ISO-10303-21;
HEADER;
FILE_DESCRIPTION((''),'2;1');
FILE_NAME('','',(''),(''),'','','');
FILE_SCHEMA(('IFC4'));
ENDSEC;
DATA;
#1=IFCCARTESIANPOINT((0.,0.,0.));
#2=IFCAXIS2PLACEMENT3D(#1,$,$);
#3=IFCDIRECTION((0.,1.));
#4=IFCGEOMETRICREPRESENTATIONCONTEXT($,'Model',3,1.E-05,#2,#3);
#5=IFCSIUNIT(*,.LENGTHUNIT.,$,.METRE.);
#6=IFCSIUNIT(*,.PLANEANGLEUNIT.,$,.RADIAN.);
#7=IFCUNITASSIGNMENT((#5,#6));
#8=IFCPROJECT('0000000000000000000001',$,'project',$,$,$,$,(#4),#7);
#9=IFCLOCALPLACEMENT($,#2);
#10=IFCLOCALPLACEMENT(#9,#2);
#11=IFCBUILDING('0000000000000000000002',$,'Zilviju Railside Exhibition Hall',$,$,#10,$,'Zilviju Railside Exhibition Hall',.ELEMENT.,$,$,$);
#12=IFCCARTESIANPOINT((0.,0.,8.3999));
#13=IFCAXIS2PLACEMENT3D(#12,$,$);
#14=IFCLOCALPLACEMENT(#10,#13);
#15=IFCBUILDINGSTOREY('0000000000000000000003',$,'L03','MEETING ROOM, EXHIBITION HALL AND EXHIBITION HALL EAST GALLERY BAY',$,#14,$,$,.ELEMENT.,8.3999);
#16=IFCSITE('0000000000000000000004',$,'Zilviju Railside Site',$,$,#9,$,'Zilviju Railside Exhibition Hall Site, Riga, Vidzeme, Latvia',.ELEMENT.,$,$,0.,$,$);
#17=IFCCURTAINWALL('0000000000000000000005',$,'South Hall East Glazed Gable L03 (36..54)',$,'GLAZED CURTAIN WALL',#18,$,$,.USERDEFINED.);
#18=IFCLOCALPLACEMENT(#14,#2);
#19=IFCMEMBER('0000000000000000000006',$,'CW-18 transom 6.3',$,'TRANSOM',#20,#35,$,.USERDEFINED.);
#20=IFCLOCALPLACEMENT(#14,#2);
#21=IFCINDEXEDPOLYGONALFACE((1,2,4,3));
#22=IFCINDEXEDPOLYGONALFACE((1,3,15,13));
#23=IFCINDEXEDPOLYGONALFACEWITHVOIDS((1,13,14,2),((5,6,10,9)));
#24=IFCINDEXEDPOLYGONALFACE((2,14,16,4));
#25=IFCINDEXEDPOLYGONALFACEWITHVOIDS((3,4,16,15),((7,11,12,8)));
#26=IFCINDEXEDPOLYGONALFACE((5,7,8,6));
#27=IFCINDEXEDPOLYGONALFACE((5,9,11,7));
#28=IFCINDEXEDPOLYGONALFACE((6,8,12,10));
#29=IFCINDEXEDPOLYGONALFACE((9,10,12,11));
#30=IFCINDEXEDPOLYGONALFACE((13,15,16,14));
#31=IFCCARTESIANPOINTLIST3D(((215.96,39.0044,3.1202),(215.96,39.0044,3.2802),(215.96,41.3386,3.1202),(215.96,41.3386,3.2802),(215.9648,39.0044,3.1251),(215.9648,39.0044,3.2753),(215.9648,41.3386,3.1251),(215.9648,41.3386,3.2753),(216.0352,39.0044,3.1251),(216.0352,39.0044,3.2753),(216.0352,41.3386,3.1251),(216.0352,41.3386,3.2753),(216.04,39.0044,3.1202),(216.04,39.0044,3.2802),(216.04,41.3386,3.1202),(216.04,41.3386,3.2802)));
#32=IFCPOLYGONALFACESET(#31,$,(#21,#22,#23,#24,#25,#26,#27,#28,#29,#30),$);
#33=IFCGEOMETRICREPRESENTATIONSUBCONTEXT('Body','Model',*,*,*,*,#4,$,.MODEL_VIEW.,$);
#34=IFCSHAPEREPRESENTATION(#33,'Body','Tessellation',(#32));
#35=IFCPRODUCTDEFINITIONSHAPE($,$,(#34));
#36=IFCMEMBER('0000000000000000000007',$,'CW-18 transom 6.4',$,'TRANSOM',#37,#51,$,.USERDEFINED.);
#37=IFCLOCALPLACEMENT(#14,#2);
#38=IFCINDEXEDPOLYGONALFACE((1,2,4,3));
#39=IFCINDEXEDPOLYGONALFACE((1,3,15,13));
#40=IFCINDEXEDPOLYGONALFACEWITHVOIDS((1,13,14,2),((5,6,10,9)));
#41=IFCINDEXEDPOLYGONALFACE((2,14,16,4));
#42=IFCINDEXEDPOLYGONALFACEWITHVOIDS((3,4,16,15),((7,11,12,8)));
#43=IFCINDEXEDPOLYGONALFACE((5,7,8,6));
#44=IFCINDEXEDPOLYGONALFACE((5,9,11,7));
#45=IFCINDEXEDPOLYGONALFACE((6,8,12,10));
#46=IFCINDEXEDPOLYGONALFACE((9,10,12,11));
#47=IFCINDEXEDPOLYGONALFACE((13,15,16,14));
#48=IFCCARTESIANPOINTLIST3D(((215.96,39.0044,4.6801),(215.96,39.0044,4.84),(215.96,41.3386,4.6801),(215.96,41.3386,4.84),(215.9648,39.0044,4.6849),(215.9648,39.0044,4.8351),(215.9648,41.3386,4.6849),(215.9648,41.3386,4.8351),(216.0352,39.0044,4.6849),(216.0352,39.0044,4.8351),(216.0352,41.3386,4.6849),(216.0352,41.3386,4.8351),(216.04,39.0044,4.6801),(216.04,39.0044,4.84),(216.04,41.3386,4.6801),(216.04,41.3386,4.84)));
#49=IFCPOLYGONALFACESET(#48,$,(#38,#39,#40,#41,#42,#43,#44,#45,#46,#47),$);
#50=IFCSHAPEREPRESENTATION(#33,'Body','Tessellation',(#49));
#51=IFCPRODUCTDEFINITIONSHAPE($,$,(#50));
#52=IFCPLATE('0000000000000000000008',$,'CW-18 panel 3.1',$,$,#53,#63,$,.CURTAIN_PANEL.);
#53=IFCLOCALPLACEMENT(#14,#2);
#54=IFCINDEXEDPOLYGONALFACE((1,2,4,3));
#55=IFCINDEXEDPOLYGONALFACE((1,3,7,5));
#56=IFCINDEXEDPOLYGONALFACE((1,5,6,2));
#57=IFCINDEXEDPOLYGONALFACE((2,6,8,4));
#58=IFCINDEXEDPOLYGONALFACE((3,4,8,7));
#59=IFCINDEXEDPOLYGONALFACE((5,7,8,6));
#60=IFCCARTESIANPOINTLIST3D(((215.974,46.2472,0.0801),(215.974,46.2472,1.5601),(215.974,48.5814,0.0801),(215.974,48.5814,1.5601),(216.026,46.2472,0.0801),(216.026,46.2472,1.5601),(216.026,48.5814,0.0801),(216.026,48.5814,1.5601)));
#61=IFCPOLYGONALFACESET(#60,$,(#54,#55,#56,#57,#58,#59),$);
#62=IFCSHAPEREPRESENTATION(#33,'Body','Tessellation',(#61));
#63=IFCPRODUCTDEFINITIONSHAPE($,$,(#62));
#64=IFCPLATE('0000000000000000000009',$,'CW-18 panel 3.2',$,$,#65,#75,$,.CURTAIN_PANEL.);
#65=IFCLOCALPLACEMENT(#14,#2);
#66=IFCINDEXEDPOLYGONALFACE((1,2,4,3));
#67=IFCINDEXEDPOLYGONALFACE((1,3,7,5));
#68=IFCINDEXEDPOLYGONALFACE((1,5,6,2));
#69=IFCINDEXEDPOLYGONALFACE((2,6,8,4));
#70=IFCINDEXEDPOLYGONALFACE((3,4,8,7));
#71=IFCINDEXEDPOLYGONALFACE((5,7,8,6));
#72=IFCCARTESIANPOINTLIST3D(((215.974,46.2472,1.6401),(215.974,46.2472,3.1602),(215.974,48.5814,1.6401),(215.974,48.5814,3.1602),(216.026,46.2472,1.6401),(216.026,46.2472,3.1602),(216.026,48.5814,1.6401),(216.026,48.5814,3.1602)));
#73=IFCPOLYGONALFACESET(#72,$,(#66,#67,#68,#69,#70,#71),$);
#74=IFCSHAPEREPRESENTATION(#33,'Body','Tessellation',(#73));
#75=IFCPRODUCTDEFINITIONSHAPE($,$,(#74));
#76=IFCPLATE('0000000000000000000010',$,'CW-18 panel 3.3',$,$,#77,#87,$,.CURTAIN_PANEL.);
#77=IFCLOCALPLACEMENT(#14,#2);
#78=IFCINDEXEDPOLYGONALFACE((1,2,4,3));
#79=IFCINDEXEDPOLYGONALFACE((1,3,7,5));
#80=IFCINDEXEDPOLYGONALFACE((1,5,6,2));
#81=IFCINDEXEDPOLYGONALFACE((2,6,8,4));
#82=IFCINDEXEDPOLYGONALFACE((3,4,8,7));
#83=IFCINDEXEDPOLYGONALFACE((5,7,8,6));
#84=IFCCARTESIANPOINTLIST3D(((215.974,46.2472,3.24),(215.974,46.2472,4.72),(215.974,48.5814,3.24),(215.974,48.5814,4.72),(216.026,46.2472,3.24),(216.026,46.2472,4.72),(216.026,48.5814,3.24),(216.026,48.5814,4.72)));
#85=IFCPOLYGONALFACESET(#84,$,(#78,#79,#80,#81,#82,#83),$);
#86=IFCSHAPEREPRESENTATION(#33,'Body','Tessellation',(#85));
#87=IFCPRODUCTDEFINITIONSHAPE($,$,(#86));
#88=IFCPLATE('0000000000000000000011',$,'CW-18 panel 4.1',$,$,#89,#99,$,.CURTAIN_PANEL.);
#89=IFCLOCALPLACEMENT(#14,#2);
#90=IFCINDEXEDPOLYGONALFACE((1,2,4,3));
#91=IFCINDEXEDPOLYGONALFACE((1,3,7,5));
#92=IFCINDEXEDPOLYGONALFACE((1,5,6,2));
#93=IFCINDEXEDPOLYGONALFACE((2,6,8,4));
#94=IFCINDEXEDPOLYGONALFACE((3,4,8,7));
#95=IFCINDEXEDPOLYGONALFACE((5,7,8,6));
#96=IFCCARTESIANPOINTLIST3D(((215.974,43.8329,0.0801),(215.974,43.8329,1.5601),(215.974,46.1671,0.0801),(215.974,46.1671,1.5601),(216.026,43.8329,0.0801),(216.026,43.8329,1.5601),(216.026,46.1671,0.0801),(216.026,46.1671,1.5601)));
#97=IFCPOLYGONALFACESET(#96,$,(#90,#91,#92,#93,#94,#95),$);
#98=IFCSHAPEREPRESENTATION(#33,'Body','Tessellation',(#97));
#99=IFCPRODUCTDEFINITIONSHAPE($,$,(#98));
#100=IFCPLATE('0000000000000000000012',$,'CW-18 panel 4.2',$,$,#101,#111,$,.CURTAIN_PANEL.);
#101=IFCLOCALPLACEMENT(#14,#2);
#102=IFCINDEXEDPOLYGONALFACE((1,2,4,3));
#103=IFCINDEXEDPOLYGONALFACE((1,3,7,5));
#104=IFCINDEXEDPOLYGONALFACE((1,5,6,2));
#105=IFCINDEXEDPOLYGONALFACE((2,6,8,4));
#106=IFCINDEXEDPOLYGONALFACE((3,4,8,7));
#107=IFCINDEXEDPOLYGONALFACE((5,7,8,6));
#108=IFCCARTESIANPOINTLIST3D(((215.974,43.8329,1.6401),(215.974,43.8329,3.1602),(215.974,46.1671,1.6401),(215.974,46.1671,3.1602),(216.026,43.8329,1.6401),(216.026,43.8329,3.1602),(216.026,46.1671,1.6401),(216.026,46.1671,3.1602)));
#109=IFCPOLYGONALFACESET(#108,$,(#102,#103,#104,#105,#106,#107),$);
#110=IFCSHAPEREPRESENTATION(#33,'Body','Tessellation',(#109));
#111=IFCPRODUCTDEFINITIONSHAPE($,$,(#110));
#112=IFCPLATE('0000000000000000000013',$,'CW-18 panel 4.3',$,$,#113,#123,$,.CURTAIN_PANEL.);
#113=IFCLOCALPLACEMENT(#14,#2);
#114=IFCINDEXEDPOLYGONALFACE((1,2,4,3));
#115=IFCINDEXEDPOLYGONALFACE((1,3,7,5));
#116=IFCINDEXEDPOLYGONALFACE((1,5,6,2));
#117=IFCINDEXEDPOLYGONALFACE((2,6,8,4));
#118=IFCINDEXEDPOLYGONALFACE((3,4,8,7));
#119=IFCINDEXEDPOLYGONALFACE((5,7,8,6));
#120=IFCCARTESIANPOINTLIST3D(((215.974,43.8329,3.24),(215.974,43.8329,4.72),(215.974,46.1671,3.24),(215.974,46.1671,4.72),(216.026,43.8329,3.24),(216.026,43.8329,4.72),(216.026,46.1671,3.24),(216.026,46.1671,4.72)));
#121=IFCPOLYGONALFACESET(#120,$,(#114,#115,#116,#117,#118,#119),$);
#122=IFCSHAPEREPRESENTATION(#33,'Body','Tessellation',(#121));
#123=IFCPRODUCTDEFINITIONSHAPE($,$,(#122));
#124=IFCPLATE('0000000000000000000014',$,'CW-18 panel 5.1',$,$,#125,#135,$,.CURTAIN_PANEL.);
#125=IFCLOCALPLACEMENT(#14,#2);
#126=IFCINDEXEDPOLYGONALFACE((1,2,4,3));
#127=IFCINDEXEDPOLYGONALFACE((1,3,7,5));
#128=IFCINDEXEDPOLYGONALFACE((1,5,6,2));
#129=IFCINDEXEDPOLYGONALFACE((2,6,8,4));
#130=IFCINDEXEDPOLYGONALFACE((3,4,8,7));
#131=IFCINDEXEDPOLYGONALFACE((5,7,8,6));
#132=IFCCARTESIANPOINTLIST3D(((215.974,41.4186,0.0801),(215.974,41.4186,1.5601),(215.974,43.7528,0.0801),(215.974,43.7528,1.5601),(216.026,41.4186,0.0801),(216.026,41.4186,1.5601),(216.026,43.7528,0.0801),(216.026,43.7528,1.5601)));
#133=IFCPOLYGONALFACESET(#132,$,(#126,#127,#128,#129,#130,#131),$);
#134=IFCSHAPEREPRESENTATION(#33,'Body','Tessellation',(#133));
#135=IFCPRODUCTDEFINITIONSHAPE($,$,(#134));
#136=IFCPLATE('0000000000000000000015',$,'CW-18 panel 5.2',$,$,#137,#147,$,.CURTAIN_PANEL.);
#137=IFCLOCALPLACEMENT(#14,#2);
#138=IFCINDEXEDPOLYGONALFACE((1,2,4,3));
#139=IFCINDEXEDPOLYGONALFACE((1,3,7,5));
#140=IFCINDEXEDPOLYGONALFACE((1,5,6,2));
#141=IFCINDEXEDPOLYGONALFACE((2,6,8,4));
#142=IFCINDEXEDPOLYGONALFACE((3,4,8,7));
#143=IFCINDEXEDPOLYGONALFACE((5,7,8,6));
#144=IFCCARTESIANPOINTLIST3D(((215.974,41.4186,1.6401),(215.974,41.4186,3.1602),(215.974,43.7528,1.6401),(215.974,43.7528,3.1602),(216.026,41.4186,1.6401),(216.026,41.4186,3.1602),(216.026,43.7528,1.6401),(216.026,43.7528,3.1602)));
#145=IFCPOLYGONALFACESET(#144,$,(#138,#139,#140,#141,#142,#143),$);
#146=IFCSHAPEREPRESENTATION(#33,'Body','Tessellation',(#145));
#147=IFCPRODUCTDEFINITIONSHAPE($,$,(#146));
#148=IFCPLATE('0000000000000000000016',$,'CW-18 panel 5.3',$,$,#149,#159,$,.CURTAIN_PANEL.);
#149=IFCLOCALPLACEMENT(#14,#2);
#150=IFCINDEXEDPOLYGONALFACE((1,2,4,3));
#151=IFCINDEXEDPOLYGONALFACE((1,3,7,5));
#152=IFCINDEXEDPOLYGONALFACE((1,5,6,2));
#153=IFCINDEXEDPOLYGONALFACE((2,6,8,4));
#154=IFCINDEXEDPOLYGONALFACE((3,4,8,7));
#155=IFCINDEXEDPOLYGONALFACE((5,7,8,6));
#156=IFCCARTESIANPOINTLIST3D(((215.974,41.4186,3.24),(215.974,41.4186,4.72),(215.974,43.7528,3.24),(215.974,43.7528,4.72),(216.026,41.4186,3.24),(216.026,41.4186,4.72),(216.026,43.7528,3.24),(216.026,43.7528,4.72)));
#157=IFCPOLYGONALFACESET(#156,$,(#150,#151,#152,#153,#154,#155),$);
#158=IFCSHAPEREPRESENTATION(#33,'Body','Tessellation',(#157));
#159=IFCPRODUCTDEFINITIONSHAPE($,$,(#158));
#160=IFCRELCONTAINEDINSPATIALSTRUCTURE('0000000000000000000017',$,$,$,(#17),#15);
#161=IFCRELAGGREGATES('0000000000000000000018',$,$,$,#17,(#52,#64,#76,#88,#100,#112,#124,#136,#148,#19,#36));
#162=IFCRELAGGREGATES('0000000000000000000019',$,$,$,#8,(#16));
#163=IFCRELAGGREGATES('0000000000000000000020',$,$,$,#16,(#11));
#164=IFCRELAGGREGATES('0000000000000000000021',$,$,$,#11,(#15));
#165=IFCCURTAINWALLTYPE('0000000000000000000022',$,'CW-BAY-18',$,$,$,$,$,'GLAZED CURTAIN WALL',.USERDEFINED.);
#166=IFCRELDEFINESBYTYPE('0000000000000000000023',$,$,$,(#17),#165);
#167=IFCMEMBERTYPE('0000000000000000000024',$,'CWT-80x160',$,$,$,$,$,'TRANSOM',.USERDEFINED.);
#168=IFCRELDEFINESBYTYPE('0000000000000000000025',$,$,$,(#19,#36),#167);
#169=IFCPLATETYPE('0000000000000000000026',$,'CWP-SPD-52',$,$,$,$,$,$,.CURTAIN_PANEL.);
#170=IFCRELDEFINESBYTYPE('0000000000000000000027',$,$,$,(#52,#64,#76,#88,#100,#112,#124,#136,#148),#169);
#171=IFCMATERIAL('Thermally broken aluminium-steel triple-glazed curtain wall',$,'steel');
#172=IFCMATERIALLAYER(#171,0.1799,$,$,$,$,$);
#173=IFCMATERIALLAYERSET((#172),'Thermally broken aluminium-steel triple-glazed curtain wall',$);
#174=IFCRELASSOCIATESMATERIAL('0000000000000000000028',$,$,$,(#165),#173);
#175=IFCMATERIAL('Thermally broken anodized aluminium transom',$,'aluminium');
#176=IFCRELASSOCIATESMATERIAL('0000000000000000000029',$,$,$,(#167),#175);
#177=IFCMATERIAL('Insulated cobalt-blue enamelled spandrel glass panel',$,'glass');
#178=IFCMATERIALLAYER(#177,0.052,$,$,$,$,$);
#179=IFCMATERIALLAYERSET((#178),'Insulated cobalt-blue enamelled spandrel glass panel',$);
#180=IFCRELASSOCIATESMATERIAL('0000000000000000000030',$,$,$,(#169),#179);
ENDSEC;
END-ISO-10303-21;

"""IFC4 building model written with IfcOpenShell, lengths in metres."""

from ifc_helpers import new_model, si_unit, direction, frame, origin, origin_2d, place, context, subcontext, project, spatial, rectangle, hollow_rectangle, extrude, material, layer, layer_set, material_profile, profile_set, type_object, element, aggregate, save


model = new_model("IFC4")

# Units and contexts
model_context = context("Model", 3, precision=1e-05, world=origin(), true_north=direction((0.0, 1.0)))
body_context = subcontext(model_context, "Body", "Model", "MODEL_VIEW")
ifc_project = project(units=[si_unit("LENGTHUNIT", "METRE"), si_unit("PLANEANGLEUNIT", "RADIAN")], contexts=[model_context])

# Site, building, storey
site_placement = place(None, origin())
site = spatial("IfcSite", under=ifc_project, at=site_placement, Name="Zilviju Railside Site", LongName="Zilviju Railside Exhibition Hall Site, Riga, Vidzeme, Latvia", CompositionType="ELEMENT", RefElevation=0.0)
building_placement = place(site_placement, origin())
building = spatial("IfcBuilding", under=site, at=building_placement, Name="Zilviju Railside Exhibition Hall", LongName="Zilviju Railside Exhibition Hall", CompositionType="ELEMENT")
storey_placement = place(building_placement, frame((0.0, 0.0, 8.3999)))
storey = spatial("IfcBuildingStorey", under=building, at=storey_placement, Name="L03", Description="MEETING ROOM, EXHIBITION HALL AND EXHIBITION HALL EAST GALLERY BAY", CompositionType="ELEMENT", Elevation=8.3999)

# Curtain wall, members, plates
ifc_material_1 = material(Name="Thermally broken aluminium-steel triple-glazed curtain wall", Category="steel")
ifc_layer_1 = layer(ifc_material_1, 0.1799)
ifc_layer_set_1 = layer_set([ifc_layer_1], Name="Thermally broken aluminium-steel triple-glazed curtain wall")
curtain_wall_type = type_object("IfcCurtainWallType", Name="CW-BAY-18", ElementType="GLAZED CURTAIN WALL", PredefinedType="USERDEFINED", material=ifc_layer_set_1)
curtain_wall_placement = place(storey_placement, origin())
curtain_wall = element("IfcCurtainWall", 1, at=curtain_wall_placement, inside=storey, type_object=curtain_wall_type, Name="South Hall East Glazed Gable L03 (36..54)", ObjectType="GLAZED CURTAIN WALL", PredefinedType="USERDEFINED")
ifc_material_2 = material(Name="Thermally broken anodized aluminium transom", Category="aluminium")
ifc_material_profile_1 = material_profile(ifc_material_2, hollow_rectangle(XDim=0.0801, YDim=0.1599, WallThickness=0.0049, at=origin_2d()), Name="TRANSOM 160x80x5")
ifc_profile_set_1 = profile_set([ifc_material_profile_1], Name="Thermally broken anodized aluminium transom")
member_type_1 = type_object("IfcMemberType", Name="CWT-80x160", ElementType="TRANSOM", PredefinedType="USERDEFINED", material=ifc_profile_set_1)
member_1_placement = place(storey_placement, frame((216.0, 41.3386, 3.2002), z_axis=(0.0, -1.0, 0.0), x_axis=(1.0, 0.0, 0.0)))
member_1 = element("IfcMember", 2, at=member_1_placement, type_object=member_type_1, Name="CW-18 transom 6.3", ObjectType="TRANSOM", PredefinedType="USERDEFINED", context=body_context, shape_type="SweptSolid", body=[
    extrude(hollow_rectangle(XDim=0.0801, YDim=0.1599, WallThickness=0.0049, at=origin_2d()), origin(), (0.0, 0.0, 1.0), 2.3342),
])
member_2_placement = place(storey_placement, frame((216.0, 41.3386, 4.76), z_axis=(0.0, -1.0, 0.0), x_axis=(1.0, 0.0, 0.0)))
member_2 = element("IfcMember", 3, at=member_2_placement, type_object=member_type_1, Name="CW-18 transom 6.4", ObjectType="TRANSOM", PredefinedType="USERDEFINED", context=body_context, shape_type="SweptSolid", body=[
    extrude(hollow_rectangle(XDim=0.0801, YDim=0.1599, WallThickness=0.0049, at=origin_2d()), origin(), (0.0, 0.0, 1.0), 2.3342),
])
ifc_material_3 = material(Name="Insulated cobalt-blue enamelled spandrel glass panel", Category="glass")
ifc_layer_2 = layer(ifc_material_3, 0.052)
ifc_layer_set_2 = layer_set([ifc_layer_2], Name="Insulated cobalt-blue enamelled spandrel glass panel")
plate_type = type_object("IfcPlateType", Name="CWP-SPD-52", PredefinedType="CURTAIN_PANEL", material=ifc_layer_set_2)
plate_1_placement = place(storey_placement, frame((216.0, 47.4143, 0.0801), z_axis=(0.0, 0.0, 1.0), x_axis=(0.0, -1.0, 0.0)))
plate_1 = element("IfcPlate", 4, at=plate_1_placement, type_object=plate_type, Name="CW-18 panel 3.1", PredefinedType="CURTAIN_PANEL", context=body_context, shape_type="SweptSolid", body=[
    extrude(rectangle(XDim=2.3342, YDim=0.052, at=origin_2d()), origin(), (0.0, 0.0, 1.0), 1.48),
])
plate_2_placement = place(storey_placement, frame((216.0, 47.4143, 1.6401), z_axis=(0.0, 0.0, 1.0), x_axis=(0.0, -1.0, 0.0)))
plate_2 = element("IfcPlate", 5, at=plate_2_placement, type_object=plate_type, Name="CW-18 panel 3.2", PredefinedType="CURTAIN_PANEL", context=body_context, shape_type="SweptSolid", body=[
    extrude(rectangle(XDim=2.3342, YDim=0.052, at=origin_2d()), origin(), (0.0, 0.0, 1.0), 1.52),
])
plate_3_placement = place(storey_placement, frame((216.0, 47.4143, 3.24), z_axis=(0.0, 0.0, 1.0), x_axis=(0.0, -1.0, 0.0)))
plate_3 = element("IfcPlate", 6, at=plate_3_placement, type_object=plate_type, Name="CW-18 panel 3.3", PredefinedType="CURTAIN_PANEL", context=body_context, shape_type="SweptSolid", body=[
    extrude(rectangle(XDim=2.3342, YDim=0.052, at=origin_2d()), origin(), (0.0, 0.0, 1.0), 1.48),
])
plate_4_placement = place(storey_placement, frame((216.0, 45.0, 0.0801), z_axis=(0.0, 0.0, 1.0), x_axis=(0.0, -1.0, 0.0)))
plate_4 = element("IfcPlate", 7, at=plate_4_placement, type_object=plate_type, Name="CW-18 panel 4.1", PredefinedType="CURTAIN_PANEL", context=body_context, shape_type="SweptSolid", body=[
    extrude(rectangle(XDim=2.3342, YDim=0.052, at=origin_2d()), origin(), (0.0, 0.0, 1.0), 1.48),
])
plate_5_placement = place(storey_placement, frame((216.0, 45.0, 1.6401), z_axis=(0.0, 0.0, 1.0), x_axis=(0.0, -1.0, 0.0)))
plate_5 = element("IfcPlate", 8, at=plate_5_placement, type_object=plate_type, Name="CW-18 panel 4.2", PredefinedType="CURTAIN_PANEL", context=body_context, shape_type="SweptSolid", body=[
    extrude(rectangle(XDim=2.3342, YDim=0.052, at=origin_2d()), origin(), (0.0, 0.0, 1.0), 1.52),
])
plate_6_placement = place(storey_placement, frame((216.0, 45.0, 3.24), z_axis=(0.0, 0.0, 1.0), x_axis=(0.0, -1.0, 0.0)))
plate_6 = element("IfcPlate", 9, at=plate_6_placement, type_object=plate_type, Name="CW-18 panel 4.3", PredefinedType="CURTAIN_PANEL", context=body_context, shape_type="SweptSolid", body=[
    extrude(rectangle(XDim=2.3342, YDim=0.052, at=origin_2d()), origin(), (0.0, 0.0, 1.0), 1.48),
])
plate_7_placement = place(storey_placement, frame((216.0, 42.5857, 0.0801), z_axis=(0.0, 0.0, 1.0), x_axis=(0.0, -1.0, 0.0)))
plate_7 = element("IfcPlate", 10, at=plate_7_placement, type_object=plate_type, Name="CW-18 panel 5.1", PredefinedType="CURTAIN_PANEL", context=body_context, shape_type="SweptSolid", body=[
    extrude(rectangle(XDim=2.3342, YDim=0.052, at=origin_2d()), origin(), (0.0, 0.0, 1.0), 1.48),
])
plate_8_placement = place(storey_placement, frame((216.0, 42.5857, 1.6401), z_axis=(0.0, 0.0, 1.0), x_axis=(0.0, -1.0, 0.0)))
plate_8 = element("IfcPlate", 11, at=plate_8_placement, type_object=plate_type, Name="CW-18 panel 5.2", PredefinedType="CURTAIN_PANEL", context=body_context, shape_type="SweptSolid", body=[
    extrude(rectangle(XDim=2.3342, YDim=0.052, at=origin_2d()), origin(), (0.0, 0.0, 1.0), 1.52),
])
plate_9_placement = place(storey_placement, frame((216.0, 42.5857, 3.24), z_axis=(0.0, 0.0, 1.0), x_axis=(0.0, -1.0, 0.0)))
plate_9 = element("IfcPlate", 12, at=plate_9_placement, type_object=plate_type, Name="CW-18 panel 5.3", PredefinedType="CURTAIN_PANEL", context=body_context, shape_type="SweptSolid", body=[
    extrude(rectangle(XDim=2.3342, YDim=0.052, at=origin_2d()), origin(), (0.0, 0.0, 1.0), 1.48),
])
aggregate(curtain_wall, [plate_1, plate_2, plate_3, plate_4, plate_5, plate_6, plate_7, plate_8, plate_9, member_1, member_2])

save(model, "model.ifc")
